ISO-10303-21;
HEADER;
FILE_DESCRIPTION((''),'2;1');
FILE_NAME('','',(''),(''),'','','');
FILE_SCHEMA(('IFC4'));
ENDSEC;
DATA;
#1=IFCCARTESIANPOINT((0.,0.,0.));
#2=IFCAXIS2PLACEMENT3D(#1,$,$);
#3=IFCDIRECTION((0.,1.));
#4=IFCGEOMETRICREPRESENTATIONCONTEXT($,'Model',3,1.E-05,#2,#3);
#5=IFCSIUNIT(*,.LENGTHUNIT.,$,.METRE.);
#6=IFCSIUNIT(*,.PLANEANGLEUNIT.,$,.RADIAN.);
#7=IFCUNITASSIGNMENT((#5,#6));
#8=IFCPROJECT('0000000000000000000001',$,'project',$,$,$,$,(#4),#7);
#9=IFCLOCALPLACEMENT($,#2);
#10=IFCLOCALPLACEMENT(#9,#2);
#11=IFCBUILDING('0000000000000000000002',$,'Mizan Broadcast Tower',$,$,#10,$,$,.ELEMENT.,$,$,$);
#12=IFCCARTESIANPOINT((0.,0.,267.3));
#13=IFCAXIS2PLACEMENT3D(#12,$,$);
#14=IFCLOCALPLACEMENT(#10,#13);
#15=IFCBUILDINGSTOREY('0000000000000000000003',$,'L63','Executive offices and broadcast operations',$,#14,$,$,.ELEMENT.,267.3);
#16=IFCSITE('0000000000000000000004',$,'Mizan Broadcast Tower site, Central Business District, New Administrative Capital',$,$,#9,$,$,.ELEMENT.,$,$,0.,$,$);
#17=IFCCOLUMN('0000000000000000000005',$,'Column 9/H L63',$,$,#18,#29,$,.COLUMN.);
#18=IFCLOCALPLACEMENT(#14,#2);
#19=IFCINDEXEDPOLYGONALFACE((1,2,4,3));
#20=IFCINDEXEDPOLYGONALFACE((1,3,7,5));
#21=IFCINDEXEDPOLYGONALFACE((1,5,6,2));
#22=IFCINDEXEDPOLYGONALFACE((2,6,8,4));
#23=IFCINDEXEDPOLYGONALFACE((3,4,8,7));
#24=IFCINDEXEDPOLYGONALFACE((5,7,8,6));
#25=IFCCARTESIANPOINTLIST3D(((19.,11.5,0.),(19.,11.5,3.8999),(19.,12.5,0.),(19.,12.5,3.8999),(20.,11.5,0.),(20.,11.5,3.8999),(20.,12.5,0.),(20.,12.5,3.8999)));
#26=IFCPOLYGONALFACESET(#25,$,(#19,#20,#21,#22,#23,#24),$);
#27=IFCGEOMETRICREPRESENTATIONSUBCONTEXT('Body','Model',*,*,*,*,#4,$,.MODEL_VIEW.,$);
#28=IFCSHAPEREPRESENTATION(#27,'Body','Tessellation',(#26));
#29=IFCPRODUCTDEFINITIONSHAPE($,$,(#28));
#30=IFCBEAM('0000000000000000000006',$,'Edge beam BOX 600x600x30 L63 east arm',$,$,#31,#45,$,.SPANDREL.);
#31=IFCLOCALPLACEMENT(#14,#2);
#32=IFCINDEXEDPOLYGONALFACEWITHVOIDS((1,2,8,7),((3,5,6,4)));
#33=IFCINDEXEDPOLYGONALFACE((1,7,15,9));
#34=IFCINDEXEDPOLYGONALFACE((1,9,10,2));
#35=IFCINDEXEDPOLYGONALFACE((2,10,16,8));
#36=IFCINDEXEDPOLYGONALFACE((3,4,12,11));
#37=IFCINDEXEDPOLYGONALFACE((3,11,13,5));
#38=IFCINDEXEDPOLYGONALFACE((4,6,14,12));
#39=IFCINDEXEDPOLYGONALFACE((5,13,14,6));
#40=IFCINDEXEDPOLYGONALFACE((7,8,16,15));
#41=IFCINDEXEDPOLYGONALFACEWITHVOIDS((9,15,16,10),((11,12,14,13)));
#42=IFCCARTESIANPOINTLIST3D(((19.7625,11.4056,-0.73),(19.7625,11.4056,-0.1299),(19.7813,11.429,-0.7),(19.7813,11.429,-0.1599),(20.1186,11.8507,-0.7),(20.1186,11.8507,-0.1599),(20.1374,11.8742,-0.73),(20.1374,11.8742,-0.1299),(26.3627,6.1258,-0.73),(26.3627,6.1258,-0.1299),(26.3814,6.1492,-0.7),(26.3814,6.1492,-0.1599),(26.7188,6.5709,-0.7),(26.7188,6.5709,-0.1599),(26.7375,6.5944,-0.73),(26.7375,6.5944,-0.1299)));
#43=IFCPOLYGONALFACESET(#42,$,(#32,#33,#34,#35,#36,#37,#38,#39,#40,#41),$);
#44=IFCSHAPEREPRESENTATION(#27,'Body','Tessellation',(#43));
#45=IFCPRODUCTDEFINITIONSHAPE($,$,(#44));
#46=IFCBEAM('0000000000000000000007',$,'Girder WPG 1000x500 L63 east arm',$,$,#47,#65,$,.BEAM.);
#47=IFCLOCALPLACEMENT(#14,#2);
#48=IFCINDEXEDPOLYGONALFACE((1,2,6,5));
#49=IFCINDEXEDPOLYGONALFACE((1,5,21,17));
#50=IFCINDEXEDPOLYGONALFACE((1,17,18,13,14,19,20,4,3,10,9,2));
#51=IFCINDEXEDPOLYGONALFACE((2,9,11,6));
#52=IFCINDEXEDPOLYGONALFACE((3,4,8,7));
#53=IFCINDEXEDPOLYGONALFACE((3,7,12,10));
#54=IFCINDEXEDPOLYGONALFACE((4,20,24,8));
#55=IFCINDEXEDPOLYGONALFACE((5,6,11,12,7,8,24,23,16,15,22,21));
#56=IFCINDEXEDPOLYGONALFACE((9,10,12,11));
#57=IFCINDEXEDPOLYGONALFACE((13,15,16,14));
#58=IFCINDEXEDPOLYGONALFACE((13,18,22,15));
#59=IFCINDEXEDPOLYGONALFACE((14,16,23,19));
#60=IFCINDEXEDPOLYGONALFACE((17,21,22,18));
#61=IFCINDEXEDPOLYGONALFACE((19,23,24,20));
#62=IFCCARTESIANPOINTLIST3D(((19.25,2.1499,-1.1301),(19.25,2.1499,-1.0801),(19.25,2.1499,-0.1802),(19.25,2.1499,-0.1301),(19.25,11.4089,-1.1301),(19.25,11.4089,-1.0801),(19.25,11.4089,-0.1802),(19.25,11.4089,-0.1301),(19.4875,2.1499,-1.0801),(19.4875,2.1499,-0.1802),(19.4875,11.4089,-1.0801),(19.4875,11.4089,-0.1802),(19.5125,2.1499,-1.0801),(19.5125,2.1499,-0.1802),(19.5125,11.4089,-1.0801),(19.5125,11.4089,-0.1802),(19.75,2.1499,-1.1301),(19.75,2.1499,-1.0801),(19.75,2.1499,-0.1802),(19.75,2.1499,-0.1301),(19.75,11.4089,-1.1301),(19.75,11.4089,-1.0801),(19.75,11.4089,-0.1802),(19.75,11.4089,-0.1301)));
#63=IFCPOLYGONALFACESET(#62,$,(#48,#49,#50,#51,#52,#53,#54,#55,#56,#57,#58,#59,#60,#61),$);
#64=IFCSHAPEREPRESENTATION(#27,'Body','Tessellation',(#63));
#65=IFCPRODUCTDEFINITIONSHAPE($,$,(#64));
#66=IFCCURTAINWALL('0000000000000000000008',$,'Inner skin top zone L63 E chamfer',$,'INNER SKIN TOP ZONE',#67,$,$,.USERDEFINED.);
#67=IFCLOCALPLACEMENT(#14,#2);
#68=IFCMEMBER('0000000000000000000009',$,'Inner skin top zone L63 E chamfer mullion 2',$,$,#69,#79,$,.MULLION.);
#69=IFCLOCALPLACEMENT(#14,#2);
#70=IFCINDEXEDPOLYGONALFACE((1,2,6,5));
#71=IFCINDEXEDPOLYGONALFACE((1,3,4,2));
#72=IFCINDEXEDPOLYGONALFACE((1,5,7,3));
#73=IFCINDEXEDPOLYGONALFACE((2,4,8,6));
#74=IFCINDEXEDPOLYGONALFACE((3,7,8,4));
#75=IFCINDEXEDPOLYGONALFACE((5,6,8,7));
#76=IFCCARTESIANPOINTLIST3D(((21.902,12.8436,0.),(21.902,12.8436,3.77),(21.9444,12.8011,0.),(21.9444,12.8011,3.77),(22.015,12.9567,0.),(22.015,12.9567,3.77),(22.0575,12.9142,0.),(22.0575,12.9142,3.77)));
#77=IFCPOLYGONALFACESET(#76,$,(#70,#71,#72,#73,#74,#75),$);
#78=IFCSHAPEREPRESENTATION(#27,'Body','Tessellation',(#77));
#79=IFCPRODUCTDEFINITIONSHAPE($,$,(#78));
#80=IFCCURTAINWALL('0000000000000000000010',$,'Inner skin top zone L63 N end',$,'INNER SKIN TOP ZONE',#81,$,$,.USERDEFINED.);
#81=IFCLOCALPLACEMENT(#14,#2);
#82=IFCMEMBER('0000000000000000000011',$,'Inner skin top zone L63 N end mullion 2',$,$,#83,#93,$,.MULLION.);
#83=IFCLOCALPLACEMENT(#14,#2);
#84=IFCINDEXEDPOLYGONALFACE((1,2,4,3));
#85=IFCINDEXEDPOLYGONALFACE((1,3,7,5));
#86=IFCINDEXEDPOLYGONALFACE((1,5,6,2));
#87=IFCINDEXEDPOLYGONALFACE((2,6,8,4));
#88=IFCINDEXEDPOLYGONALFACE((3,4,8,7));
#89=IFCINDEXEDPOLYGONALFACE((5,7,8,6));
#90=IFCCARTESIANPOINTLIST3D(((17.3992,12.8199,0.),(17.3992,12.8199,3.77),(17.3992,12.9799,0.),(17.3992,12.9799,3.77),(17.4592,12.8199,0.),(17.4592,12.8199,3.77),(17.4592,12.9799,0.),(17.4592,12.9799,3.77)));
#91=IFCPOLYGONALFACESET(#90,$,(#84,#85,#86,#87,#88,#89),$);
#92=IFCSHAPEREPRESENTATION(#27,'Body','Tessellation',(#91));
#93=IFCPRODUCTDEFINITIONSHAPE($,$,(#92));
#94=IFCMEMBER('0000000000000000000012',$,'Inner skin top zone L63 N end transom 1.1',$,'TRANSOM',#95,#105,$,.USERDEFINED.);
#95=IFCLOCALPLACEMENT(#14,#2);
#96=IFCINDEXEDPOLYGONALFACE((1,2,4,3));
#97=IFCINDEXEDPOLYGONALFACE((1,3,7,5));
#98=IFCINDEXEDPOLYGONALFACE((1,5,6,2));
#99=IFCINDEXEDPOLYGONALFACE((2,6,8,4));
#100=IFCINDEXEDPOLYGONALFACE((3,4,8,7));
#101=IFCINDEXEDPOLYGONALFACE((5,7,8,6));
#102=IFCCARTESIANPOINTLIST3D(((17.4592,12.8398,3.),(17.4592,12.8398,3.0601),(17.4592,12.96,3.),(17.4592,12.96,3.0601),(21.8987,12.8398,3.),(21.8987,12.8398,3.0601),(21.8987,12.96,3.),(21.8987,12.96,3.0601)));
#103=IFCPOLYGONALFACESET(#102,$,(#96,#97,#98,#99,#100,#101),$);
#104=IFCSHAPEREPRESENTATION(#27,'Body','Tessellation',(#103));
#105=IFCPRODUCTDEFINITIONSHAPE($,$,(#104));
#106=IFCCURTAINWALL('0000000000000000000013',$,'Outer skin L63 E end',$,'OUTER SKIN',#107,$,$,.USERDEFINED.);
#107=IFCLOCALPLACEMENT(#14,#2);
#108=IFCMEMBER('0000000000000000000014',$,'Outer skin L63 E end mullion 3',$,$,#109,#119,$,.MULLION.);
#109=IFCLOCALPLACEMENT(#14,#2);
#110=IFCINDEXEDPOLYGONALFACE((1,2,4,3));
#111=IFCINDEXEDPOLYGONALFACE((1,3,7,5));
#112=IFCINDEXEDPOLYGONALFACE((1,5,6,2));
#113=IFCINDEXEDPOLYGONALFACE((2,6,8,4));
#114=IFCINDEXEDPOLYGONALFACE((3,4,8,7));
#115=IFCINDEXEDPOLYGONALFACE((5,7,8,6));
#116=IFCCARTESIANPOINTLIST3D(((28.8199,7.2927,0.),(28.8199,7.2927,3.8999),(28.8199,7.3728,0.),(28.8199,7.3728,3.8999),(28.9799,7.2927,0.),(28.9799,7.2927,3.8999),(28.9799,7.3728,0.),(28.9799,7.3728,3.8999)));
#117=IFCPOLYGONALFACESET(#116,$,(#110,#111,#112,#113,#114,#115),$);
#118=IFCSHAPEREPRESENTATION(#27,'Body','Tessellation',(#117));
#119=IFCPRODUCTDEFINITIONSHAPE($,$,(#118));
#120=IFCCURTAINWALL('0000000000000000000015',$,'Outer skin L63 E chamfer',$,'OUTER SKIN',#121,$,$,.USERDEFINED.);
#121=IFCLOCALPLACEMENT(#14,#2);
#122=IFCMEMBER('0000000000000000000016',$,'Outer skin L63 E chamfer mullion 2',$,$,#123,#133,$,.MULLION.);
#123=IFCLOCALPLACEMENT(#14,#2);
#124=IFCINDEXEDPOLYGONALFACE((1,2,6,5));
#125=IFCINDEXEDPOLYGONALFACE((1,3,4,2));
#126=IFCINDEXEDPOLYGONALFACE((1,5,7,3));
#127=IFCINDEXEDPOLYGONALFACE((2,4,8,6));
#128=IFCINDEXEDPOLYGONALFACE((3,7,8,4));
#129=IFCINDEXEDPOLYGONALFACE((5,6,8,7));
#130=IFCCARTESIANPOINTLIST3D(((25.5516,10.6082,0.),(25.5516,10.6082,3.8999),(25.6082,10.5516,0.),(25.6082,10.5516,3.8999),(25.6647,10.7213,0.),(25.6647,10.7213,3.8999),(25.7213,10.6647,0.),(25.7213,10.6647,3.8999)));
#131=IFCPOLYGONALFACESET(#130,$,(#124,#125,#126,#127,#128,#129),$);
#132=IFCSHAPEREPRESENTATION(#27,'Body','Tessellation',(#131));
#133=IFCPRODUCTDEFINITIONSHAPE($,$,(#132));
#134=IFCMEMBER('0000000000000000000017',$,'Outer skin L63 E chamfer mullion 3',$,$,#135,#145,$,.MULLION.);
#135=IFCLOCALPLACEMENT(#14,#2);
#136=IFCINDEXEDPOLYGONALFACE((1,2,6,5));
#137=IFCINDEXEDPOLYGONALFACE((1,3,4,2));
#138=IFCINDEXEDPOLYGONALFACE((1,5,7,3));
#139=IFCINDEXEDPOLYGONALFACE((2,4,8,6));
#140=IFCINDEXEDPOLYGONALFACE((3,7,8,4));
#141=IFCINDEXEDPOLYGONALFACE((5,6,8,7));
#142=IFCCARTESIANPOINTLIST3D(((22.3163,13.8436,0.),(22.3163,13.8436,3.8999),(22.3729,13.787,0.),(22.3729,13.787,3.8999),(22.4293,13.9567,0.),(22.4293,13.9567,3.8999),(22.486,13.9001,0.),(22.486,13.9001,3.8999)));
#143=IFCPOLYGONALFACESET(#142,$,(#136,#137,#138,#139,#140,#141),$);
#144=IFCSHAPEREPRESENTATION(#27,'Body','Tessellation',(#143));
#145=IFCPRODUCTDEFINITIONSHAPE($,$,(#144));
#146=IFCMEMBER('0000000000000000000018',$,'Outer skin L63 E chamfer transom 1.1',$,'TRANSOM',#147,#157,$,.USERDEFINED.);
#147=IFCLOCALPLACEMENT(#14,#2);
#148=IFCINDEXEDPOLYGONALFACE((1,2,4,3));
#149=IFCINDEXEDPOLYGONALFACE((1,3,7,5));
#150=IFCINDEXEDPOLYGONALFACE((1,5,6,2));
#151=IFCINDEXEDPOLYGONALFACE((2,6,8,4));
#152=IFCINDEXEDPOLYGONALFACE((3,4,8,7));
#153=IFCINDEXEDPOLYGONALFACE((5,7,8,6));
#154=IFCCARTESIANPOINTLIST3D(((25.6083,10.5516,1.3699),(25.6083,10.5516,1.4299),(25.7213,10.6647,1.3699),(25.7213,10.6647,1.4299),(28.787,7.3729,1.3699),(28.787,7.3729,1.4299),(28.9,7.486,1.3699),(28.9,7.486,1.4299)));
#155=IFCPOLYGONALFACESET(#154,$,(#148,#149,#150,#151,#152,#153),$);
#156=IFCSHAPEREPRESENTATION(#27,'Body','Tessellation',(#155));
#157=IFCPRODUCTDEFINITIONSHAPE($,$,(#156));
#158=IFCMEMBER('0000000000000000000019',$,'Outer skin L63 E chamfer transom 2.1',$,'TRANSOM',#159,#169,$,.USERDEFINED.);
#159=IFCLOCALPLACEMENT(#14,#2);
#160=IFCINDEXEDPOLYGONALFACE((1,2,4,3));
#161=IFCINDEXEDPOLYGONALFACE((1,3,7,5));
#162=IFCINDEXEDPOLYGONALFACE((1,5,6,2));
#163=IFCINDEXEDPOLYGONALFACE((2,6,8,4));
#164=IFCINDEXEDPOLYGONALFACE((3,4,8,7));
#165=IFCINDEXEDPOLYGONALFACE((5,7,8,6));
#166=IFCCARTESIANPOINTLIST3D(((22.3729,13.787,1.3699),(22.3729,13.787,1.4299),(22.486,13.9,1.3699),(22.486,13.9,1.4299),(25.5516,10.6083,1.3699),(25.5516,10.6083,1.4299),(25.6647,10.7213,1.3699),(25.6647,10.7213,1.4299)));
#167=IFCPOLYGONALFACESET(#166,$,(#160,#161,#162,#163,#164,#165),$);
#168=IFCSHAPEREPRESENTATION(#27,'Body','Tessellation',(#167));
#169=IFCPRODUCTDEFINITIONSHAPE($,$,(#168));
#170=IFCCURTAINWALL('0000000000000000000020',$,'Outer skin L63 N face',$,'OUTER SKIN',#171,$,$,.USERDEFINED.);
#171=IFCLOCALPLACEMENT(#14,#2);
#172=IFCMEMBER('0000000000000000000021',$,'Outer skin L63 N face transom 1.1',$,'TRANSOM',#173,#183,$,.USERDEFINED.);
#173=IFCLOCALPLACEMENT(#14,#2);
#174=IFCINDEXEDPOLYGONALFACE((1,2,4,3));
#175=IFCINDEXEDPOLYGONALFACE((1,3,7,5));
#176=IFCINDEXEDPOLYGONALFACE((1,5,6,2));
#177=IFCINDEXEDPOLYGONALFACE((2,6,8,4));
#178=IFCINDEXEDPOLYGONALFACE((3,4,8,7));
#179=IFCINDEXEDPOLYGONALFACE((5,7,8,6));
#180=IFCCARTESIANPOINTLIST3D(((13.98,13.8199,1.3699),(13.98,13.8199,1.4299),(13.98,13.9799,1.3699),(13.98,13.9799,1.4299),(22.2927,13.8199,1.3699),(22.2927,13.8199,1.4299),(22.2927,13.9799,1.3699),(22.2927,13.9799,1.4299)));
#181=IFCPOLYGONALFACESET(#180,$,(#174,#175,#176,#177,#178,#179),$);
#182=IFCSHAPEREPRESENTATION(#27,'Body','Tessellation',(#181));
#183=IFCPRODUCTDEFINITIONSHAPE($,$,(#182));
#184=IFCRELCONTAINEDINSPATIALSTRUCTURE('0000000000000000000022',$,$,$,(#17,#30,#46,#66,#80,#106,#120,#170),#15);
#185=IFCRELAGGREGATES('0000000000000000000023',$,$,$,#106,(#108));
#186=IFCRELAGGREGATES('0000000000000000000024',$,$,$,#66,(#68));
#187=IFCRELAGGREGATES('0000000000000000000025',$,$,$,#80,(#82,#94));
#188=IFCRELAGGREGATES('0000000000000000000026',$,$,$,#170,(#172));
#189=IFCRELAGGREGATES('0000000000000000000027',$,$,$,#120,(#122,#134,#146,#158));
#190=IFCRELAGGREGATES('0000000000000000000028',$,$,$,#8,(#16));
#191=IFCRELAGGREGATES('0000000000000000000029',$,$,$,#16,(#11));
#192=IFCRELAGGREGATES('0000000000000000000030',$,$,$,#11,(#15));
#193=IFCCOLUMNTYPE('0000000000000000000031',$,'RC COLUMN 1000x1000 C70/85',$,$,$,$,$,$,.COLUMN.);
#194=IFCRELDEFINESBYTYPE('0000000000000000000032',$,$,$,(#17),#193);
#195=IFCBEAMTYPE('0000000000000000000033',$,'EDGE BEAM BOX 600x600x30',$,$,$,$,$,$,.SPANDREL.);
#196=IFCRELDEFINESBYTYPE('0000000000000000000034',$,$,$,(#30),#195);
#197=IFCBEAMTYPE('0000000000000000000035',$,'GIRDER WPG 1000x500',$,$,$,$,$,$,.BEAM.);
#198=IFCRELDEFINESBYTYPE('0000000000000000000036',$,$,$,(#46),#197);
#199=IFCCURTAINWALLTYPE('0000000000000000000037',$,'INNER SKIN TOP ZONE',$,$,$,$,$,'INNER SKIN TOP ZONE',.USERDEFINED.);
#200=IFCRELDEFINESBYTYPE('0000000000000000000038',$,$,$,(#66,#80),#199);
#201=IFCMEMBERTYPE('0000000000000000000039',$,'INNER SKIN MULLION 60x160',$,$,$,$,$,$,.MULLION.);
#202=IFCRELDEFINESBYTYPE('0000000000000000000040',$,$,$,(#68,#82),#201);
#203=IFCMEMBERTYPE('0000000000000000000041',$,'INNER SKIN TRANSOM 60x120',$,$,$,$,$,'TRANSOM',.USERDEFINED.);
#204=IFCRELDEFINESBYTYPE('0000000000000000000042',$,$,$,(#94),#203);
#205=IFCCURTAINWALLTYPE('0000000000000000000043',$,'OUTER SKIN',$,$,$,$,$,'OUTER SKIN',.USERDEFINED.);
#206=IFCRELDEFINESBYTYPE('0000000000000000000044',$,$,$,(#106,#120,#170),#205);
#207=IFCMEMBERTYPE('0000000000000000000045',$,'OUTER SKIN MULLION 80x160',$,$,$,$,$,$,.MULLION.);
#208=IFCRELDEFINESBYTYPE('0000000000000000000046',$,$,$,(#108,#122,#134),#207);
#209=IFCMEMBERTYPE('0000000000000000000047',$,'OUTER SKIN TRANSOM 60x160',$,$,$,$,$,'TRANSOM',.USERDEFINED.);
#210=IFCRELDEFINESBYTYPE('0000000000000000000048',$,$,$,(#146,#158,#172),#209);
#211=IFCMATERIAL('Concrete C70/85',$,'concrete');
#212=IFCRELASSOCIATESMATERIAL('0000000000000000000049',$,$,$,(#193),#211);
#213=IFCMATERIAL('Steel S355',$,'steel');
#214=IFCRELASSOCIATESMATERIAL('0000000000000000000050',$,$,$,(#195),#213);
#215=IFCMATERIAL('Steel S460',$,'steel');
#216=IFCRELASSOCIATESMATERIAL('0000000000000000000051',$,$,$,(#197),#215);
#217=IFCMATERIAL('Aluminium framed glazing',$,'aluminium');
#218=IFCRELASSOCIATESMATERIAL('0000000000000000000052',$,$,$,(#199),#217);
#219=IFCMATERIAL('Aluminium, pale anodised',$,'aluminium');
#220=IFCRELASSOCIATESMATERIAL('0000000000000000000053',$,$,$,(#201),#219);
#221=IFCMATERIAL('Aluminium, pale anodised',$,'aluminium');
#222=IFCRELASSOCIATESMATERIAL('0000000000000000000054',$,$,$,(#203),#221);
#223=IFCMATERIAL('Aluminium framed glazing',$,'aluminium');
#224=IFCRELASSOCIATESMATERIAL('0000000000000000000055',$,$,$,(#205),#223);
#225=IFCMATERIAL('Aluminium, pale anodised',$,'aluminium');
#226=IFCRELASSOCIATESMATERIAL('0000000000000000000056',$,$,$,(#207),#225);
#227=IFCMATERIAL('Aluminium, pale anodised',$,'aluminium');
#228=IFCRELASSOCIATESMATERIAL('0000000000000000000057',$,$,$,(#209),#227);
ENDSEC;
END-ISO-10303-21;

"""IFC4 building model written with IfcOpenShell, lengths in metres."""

from ifc_helpers import new_model, si_unit, direction, frame, origin, origin_2d, place, context, subcontext, project, spatial, rectangle, hollow_rectangle, i_section, extrude, material, material_profile, profile_set, type_object, element, aggregate, save


model = new_model("IFC4")

# Units and contexts
model_context = context("Model", 3, precision=1e-05, world=origin(), true_north=direction((0.0, 1.0)))
body_context = subcontext(model_context, "Body", "Model", "MODEL_VIEW")
ifc_project = project(units=[si_unit("LENGTHUNIT", "METRE"), si_unit("PLANEANGLEUNIT", "RADIAN")], contexts=[model_context])

# Site, building, storey
site_placement = place(None, origin())
site = spatial("IfcSite", under=ifc_project, at=site_placement, Name="Mizan Broadcast Tower site, Central Business District, New Administrative Capital", CompositionType="ELEMENT", RefElevation=0.0)
building_placement = place(site_placement, origin())
building = spatial("IfcBuilding", under=site, at=building_placement, Name="Mizan Broadcast Tower", CompositionType="ELEMENT")
storey_placement = place(building_placement, frame((0.0, 0.0, 267.3)))
storey = spatial("IfcBuildingStorey", under=building, at=storey_placement, Name="L63", Description="Executive offices and broadcast operations", CompositionType="ELEMENT", Elevation=267.3)

# Column
ifc_material_1 = material(Name="Concrete C70/85", Category="concrete")
ifc_material_profile_1 = material_profile(ifc_material_1, rectangle(XDim=1.0, YDim=1.0, at=origin_2d()), Name="RC 1000x1000")
ifc_profile_set_1 = profile_set([ifc_material_profile_1], Name="Concrete C70/85")
column_type = type_object("IfcColumnType", Name="RC COLUMN 1000x1000 C70/85", PredefinedType="COLUMN", material=ifc_profile_set_1)
column_placement = place(storey_placement, frame((19.5, 12.0, 0.0), z_axis=(0.0, 0.0, 1.0), x_axis=(1.0, 0.0, 0.0)))
element("IfcColumn", 1, at=column_placement, inside=storey, type_object=column_type, Name="Column 9/H L63", PredefinedType="COLUMN", context=body_context, shape_type="SweptSolid", body=[
    extrude(rectangle(XDim=1.0, YDim=1.0, at=origin_2d()), origin(), (0.0, 0.0, 1.0), 3.8999),
])

# Beams
ifc_material_2 = material(Name="Steel S355", Category="steel")
ifc_material_profile_2 = material_profile(ifc_material_2, hollow_rectangle(XDim=0.6001, YDim=0.6001, WallThickness=0.03, at=origin_2d()), Name="BOX 600x600x30")
ifc_profile_set_2 = profile_set([ifc_material_profile_2], Name="Steel S355")
beam_type_1 = type_object("IfcBeamType", Name="EDGE BEAM BOX 600x600x30", PredefinedType="SPANDREL", material=ifc_profile_set_2)
beam_1_placement = place(storey_placement, frame((19.95, 11.6399, -0.4299), z_axis=(0.780886, -0.624674, 0.0), x_axis=(0.624674, 0.780886, 0.0)))
element("IfcBeam", 2, at=beam_1_placement, inside=storey, type_object=beam_type_1, Name="Edge beam BOX 600x600x30 L63 east arm", PredefinedType="SPANDREL", context=body_context, shape_type="SweptSolid", body=[
    extrude(hollow_rectangle(XDim=0.6001, YDim=0.6001, WallThickness=0.03, at=origin_2d()), origin(), (0.0, 0.0, 1.0), 8.4521),
])
ifc_material_3 = material(Name="Steel S460", Category="steel")
ifc_material_profile_3 = material_profile(ifc_material_3, i_section(OverallWidth=0.5, OverallDepth=1.0, WebThickness=0.0249, FlangeThickness=0.05, at=origin_2d()), Name="WPG 1000x500")
ifc_profile_set_3 = profile_set([ifc_material_profile_3], Name="Steel S460")
beam_type_2 = type_object("IfcBeamType", Name="GIRDER WPG 1000x500", PredefinedType="BEAM", material=ifc_profile_set_3)
beam_2_placement = place(storey_placement, frame((19.5, 11.4089, -0.6301), z_axis=(0.0, -1.0, 0.0), x_axis=(1.0, 0.0, 0.0)))
element("IfcBeam", 3, at=beam_2_placement, inside=storey, type_object=beam_type_2, Name="Girder WPG 1000x500 L63 east arm", PredefinedType="BEAM", context=body_context, shape_type="SweptSolid", body=[
    extrude(i_section(OverallWidth=0.5, OverallDepth=1.0, WebThickness=0.0249, FlangeThickness=0.05, at=origin_2d()), origin(), (0.0, 0.0, 1.0), 9.259),
])

# Curtain wall, member
ifc_material_4 = material(Name="Aluminium framed glazing", Category="aluminium")
curtain_wall_type_1 = type_object("IfcCurtainWallType", Name="INNER SKIN TOP ZONE", ElementType="INNER SKIN TOP ZONE", PredefinedType="USERDEFINED", material=ifc_material_4)
curtain_wall_1_placement = place(storey_placement, origin())
curtain_wall_1 = element("IfcCurtainWall", 4, at=curtain_wall_1_placement, inside=storey, type_object=curtain_wall_type_1, Name="Inner skin top zone L63 E chamfer", ObjectType="INNER SKIN TOP ZONE", PredefinedType="USERDEFINED")
ifc_material_5 = material(Name="Aluminium, pale anodised", Category="aluminium")
ifc_material_profile_4 = material_profile(ifc_material_5, rectangle(XDim=0.1599, YDim=0.0601, at=origin_2d()), Name="MULLION 160x60")
ifc_profile_set_4 = profile_set([ifc_material_profile_4], Name="Aluminium, pale anodised")
member_type_1 = type_object("IfcMemberType", Name="INNER SKIN MULLION 60x160", PredefinedType="MULLION", material=ifc_profile_set_4)
member_1_placement = place(storey_placement, frame((21.9797, 12.8789, 0.0), z_axis=(0.0, 0.0, 1.0), x_axis=(-0.707107, -0.707107, 0.0)))
member_1 = element("IfcMember", 5, at=member_1_placement, type_object=member_type_1, Name="Inner skin top zone L63 E chamfer mullion 2", PredefinedType="MULLION", context=body_context, shape_type="SweptSolid", body=[
    extrude(rectangle(XDim=0.1599, YDim=0.0601, at=origin_2d()), origin(), (0.0, 0.0, 1.0), 3.77),
])

# Curtain wall, members
curtain_wall_2_placement = place(storey_placement, origin())
curtain_wall_2 = element("IfcCurtainWall", 6, at=curtain_wall_2_placement, inside=storey, type_object=curtain_wall_type_1, Name="Inner skin top zone L63 N end", ObjectType="INNER SKIN TOP ZONE", PredefinedType="USERDEFINED")
member_2_placement = place(storey_placement, frame((17.4292, 12.8999, 0.0), z_axis=(0.0, 0.0, 1.0), x_axis=(0.0, -1.0, 0.0)))
member_2 = element("IfcMember", 7, at=member_2_placement, type_object=member_type_1, Name="Inner skin top zone L63 N end mullion 2", PredefinedType="MULLION", context=body_context, shape_type="SweptSolid", body=[
    extrude(rectangle(XDim=0.1599, YDim=0.0601, at=origin_2d()), origin(), (0.0, 0.0, 1.0), 3.77),
])
ifc_material_6 = material(Name="Aluminium, pale anodised", Category="aluminium")
ifc_material_profile_5 = material_profile(ifc_material_6, rectangle(XDim=0.1201, YDim=0.0601, at=origin_2d()), Name="TRANSOM 120x60")
ifc_profile_set_5 = profile_set([ifc_material_profile_5], Name="Aluminium, pale anodised")
member_type_2 = type_object("IfcMemberType", Name="INNER SKIN TRANSOM 60x120", ElementType="TRANSOM", PredefinedType="USERDEFINED", material=ifc_profile_set_5)
member_3_placement = place(storey_placement, frame((21.8987, 12.8999, 3.03), z_axis=(-1.0, 0.0, 0.0), x_axis=(0.0, -1.0, 0.0)))
member_3 = element("IfcMember", 8, at=member_3_placement, type_object=member_type_2, Name="Inner skin top zone L63 N end transom 1.1", ObjectType="TRANSOM", PredefinedType="USERDEFINED", context=body_context, shape_type="SweptSolid", body=[
    extrude(rectangle(XDim=0.1201, YDim=0.0601, at=origin_2d()), origin(), (0.0, 0.0, 1.0), 4.4395),
])

# Curtain wall, member
ifc_material_7 = material(Name="Aluminium framed glazing", Category="aluminium")
curtain_wall_type_2 = type_object("IfcCurtainWallType", Name="OUTER SKIN", ElementType="OUTER SKIN", PredefinedType="USERDEFINED", material=ifc_material_7)
curtain_wall_3_placement = place(storey_placement, origin())
curtain_wall_3 = element("IfcCurtainWall", 9, at=curtain_wall_3_placement, inside=storey, type_object=curtain_wall_type_2, Name="Outer skin L63 E end", ObjectType="OUTER SKIN", PredefinedType="USERDEFINED")
ifc_material_8 = material(Name="Aluminium, pale anodised", Category="aluminium")
ifc_material_profile_6 = material_profile(ifc_material_8, rectangle(XDim=0.1599, YDim=0.0801, at=origin_2d()), Name="MULLION 160x80")
ifc_profile_set_6 = profile_set([ifc_material_profile_6], Name="Aluminium, pale anodised")
member_type_3 = type_object("IfcMemberType", Name="OUTER SKIN MULLION 80x160", PredefinedType="MULLION", material=ifc_profile_set_6)
member_4_placement = place(storey_placement, frame((28.8999, 7.3328, 0.0), z_axis=(0.0, 0.0, 1.0), x_axis=(-1.0, 0.0, 0.0)))
member_4 = element("IfcMember", 10, at=member_4_placement, type_object=member_type_3, Name="Outer skin L63 E end mullion 3", PredefinedType="MULLION", context=body_context, shape_type="SweptSolid", body=[
    extrude(rectangle(XDim=0.1599, YDim=0.0801, at=origin_2d()), origin(), (0.0, 0.0, 1.0), 3.8999),
])
aggregate(curtain_wall_3, [member_4])

# Curtain wall, members
curtain_wall_4_placement = place(storey_placement, origin())
curtain_wall_4 = element("IfcCurtainWall", 11, at=curtain_wall_4_placement, inside=storey, type_object=curtain_wall_type_2, Name="Outer skin L63 E chamfer", ObjectType="OUTER SKIN", PredefinedType="USERDEFINED")
member_5_placement = place(storey_placement, frame((25.6365, 10.6365, 0.0), z_axis=(0.0, 0.0, 1.0), x_axis=(-0.707107, -0.707107, 0.0)))
member_5 = element("IfcMember", 12, at=member_5_placement, type_object=member_type_3, Name="Outer skin L63 E chamfer mullion 2", PredefinedType="MULLION", context=body_context, shape_type="SweptSolid", body=[
    extrude(rectangle(XDim=0.1599, YDim=0.0801, at=origin_2d()), origin(), (0.0, 0.0, 1.0), 3.8999),
])
member_6_placement = place(storey_placement, frame((22.4011, 13.8718, 0.0), z_axis=(0.0, 0.0, 1.0), x_axis=(-0.707107, -0.707107, 0.0)))
member_6 = element("IfcMember", 13, at=member_6_placement, type_object=member_type_3, Name="Outer skin L63 E chamfer mullion 3", PredefinedType="MULLION", context=body_context, shape_type="SweptSolid", body=[
    extrude(rectangle(XDim=0.1599, YDim=0.0801, at=origin_2d()), origin(), (0.0, 0.0, 1.0), 3.8999),
])
ifc_material_9 = material(Name="Aluminium, pale anodised", Category="aluminium")
ifc_material_profile_7 = material_profile(ifc_material_9, rectangle(XDim=0.1599, YDim=0.0601, at=origin_2d()), Name="TRANSOM 160x60")
ifc_profile_set_7 = profile_set([ifc_material_profile_7], Name="Aluminium, pale anodised")
member_type_4 = type_object("IfcMemberType", Name="OUTER SKIN TRANSOM 60x160", ElementType="TRANSOM", PredefinedType="USERDEFINED", material=ifc_profile_set_7)
member_7_placement = place(storey_placement, frame((28.8435, 7.4294, 1.3999), z_axis=(-0.707107, 0.707107, 0.0), x_axis=(-0.707107, -0.707107, 0.0)))
member_7 = element("IfcMember", 14, at=member_7_placement, type_object=member_type_4, Name="Outer skin L63 E chamfer transom 1.1", ObjectType="TRANSOM", PredefinedType="USERDEFINED", context=body_context, shape_type="SweptSolid", body=[
    extrude(rectangle(XDim=0.1599, YDim=0.0601, at=origin_2d()), origin(), (0.0, 0.0, 1.0), 4.4954),
])
member_8_placement = place(storey_placement, frame((25.6082, 10.6648, 1.3999), z_axis=(-0.707107, 0.707107, 0.0), x_axis=(-0.707107, -0.707107, 0.0)))
member_8 = element("IfcMember", 15, at=member_8_placement, type_object=member_type_4, Name="Outer skin L63 E chamfer transom 2.1", ObjectType="TRANSOM", PredefinedType="USERDEFINED", context=body_context, shape_type="SweptSolid", body=[
    extrude(rectangle(XDim=0.1599, YDim=0.0601, at=origin_2d()), origin(), (0.0, 0.0, 1.0), 4.4954),
])

# Curtain wall, member
curtain_wall_5_placement = place(storey_placement, origin())
curtain_wall_5 = element("IfcCurtainWall", 16, at=curtain_wall_5_placement, inside=storey, type_object=curtain_wall_type_2, Name="Outer skin L63 N face", ObjectType="OUTER SKIN", PredefinedType="USERDEFINED")
member_9_placement = place(storey_placement, frame((22.2927, 13.8999, 1.3999), z_axis=(-1.0, 0.0, 0.0), x_axis=(0.0, -1.0, 0.0)))
member_9 = element("IfcMember", 17, at=member_9_placement, type_object=member_type_4, Name="Outer skin L63 N face transom 1.1", ObjectType="TRANSOM", PredefinedType="USERDEFINED", context=body_context, shape_type="SweptSolid", body=[
    extrude(rectangle(XDim=0.1599, YDim=0.0601, at=origin_2d()), origin(), (0.0, 0.0, 1.0), 8.3127),
])

aggregate(curtain_wall_1, [member_1])
aggregate(curtain_wall_2, [member_2, member_3])
aggregate(curtain_wall_5, [member_9])
aggregate(curtain_wall_4, [member_5, member_6, member_7, member_8])

save(model, "model.ifc")
